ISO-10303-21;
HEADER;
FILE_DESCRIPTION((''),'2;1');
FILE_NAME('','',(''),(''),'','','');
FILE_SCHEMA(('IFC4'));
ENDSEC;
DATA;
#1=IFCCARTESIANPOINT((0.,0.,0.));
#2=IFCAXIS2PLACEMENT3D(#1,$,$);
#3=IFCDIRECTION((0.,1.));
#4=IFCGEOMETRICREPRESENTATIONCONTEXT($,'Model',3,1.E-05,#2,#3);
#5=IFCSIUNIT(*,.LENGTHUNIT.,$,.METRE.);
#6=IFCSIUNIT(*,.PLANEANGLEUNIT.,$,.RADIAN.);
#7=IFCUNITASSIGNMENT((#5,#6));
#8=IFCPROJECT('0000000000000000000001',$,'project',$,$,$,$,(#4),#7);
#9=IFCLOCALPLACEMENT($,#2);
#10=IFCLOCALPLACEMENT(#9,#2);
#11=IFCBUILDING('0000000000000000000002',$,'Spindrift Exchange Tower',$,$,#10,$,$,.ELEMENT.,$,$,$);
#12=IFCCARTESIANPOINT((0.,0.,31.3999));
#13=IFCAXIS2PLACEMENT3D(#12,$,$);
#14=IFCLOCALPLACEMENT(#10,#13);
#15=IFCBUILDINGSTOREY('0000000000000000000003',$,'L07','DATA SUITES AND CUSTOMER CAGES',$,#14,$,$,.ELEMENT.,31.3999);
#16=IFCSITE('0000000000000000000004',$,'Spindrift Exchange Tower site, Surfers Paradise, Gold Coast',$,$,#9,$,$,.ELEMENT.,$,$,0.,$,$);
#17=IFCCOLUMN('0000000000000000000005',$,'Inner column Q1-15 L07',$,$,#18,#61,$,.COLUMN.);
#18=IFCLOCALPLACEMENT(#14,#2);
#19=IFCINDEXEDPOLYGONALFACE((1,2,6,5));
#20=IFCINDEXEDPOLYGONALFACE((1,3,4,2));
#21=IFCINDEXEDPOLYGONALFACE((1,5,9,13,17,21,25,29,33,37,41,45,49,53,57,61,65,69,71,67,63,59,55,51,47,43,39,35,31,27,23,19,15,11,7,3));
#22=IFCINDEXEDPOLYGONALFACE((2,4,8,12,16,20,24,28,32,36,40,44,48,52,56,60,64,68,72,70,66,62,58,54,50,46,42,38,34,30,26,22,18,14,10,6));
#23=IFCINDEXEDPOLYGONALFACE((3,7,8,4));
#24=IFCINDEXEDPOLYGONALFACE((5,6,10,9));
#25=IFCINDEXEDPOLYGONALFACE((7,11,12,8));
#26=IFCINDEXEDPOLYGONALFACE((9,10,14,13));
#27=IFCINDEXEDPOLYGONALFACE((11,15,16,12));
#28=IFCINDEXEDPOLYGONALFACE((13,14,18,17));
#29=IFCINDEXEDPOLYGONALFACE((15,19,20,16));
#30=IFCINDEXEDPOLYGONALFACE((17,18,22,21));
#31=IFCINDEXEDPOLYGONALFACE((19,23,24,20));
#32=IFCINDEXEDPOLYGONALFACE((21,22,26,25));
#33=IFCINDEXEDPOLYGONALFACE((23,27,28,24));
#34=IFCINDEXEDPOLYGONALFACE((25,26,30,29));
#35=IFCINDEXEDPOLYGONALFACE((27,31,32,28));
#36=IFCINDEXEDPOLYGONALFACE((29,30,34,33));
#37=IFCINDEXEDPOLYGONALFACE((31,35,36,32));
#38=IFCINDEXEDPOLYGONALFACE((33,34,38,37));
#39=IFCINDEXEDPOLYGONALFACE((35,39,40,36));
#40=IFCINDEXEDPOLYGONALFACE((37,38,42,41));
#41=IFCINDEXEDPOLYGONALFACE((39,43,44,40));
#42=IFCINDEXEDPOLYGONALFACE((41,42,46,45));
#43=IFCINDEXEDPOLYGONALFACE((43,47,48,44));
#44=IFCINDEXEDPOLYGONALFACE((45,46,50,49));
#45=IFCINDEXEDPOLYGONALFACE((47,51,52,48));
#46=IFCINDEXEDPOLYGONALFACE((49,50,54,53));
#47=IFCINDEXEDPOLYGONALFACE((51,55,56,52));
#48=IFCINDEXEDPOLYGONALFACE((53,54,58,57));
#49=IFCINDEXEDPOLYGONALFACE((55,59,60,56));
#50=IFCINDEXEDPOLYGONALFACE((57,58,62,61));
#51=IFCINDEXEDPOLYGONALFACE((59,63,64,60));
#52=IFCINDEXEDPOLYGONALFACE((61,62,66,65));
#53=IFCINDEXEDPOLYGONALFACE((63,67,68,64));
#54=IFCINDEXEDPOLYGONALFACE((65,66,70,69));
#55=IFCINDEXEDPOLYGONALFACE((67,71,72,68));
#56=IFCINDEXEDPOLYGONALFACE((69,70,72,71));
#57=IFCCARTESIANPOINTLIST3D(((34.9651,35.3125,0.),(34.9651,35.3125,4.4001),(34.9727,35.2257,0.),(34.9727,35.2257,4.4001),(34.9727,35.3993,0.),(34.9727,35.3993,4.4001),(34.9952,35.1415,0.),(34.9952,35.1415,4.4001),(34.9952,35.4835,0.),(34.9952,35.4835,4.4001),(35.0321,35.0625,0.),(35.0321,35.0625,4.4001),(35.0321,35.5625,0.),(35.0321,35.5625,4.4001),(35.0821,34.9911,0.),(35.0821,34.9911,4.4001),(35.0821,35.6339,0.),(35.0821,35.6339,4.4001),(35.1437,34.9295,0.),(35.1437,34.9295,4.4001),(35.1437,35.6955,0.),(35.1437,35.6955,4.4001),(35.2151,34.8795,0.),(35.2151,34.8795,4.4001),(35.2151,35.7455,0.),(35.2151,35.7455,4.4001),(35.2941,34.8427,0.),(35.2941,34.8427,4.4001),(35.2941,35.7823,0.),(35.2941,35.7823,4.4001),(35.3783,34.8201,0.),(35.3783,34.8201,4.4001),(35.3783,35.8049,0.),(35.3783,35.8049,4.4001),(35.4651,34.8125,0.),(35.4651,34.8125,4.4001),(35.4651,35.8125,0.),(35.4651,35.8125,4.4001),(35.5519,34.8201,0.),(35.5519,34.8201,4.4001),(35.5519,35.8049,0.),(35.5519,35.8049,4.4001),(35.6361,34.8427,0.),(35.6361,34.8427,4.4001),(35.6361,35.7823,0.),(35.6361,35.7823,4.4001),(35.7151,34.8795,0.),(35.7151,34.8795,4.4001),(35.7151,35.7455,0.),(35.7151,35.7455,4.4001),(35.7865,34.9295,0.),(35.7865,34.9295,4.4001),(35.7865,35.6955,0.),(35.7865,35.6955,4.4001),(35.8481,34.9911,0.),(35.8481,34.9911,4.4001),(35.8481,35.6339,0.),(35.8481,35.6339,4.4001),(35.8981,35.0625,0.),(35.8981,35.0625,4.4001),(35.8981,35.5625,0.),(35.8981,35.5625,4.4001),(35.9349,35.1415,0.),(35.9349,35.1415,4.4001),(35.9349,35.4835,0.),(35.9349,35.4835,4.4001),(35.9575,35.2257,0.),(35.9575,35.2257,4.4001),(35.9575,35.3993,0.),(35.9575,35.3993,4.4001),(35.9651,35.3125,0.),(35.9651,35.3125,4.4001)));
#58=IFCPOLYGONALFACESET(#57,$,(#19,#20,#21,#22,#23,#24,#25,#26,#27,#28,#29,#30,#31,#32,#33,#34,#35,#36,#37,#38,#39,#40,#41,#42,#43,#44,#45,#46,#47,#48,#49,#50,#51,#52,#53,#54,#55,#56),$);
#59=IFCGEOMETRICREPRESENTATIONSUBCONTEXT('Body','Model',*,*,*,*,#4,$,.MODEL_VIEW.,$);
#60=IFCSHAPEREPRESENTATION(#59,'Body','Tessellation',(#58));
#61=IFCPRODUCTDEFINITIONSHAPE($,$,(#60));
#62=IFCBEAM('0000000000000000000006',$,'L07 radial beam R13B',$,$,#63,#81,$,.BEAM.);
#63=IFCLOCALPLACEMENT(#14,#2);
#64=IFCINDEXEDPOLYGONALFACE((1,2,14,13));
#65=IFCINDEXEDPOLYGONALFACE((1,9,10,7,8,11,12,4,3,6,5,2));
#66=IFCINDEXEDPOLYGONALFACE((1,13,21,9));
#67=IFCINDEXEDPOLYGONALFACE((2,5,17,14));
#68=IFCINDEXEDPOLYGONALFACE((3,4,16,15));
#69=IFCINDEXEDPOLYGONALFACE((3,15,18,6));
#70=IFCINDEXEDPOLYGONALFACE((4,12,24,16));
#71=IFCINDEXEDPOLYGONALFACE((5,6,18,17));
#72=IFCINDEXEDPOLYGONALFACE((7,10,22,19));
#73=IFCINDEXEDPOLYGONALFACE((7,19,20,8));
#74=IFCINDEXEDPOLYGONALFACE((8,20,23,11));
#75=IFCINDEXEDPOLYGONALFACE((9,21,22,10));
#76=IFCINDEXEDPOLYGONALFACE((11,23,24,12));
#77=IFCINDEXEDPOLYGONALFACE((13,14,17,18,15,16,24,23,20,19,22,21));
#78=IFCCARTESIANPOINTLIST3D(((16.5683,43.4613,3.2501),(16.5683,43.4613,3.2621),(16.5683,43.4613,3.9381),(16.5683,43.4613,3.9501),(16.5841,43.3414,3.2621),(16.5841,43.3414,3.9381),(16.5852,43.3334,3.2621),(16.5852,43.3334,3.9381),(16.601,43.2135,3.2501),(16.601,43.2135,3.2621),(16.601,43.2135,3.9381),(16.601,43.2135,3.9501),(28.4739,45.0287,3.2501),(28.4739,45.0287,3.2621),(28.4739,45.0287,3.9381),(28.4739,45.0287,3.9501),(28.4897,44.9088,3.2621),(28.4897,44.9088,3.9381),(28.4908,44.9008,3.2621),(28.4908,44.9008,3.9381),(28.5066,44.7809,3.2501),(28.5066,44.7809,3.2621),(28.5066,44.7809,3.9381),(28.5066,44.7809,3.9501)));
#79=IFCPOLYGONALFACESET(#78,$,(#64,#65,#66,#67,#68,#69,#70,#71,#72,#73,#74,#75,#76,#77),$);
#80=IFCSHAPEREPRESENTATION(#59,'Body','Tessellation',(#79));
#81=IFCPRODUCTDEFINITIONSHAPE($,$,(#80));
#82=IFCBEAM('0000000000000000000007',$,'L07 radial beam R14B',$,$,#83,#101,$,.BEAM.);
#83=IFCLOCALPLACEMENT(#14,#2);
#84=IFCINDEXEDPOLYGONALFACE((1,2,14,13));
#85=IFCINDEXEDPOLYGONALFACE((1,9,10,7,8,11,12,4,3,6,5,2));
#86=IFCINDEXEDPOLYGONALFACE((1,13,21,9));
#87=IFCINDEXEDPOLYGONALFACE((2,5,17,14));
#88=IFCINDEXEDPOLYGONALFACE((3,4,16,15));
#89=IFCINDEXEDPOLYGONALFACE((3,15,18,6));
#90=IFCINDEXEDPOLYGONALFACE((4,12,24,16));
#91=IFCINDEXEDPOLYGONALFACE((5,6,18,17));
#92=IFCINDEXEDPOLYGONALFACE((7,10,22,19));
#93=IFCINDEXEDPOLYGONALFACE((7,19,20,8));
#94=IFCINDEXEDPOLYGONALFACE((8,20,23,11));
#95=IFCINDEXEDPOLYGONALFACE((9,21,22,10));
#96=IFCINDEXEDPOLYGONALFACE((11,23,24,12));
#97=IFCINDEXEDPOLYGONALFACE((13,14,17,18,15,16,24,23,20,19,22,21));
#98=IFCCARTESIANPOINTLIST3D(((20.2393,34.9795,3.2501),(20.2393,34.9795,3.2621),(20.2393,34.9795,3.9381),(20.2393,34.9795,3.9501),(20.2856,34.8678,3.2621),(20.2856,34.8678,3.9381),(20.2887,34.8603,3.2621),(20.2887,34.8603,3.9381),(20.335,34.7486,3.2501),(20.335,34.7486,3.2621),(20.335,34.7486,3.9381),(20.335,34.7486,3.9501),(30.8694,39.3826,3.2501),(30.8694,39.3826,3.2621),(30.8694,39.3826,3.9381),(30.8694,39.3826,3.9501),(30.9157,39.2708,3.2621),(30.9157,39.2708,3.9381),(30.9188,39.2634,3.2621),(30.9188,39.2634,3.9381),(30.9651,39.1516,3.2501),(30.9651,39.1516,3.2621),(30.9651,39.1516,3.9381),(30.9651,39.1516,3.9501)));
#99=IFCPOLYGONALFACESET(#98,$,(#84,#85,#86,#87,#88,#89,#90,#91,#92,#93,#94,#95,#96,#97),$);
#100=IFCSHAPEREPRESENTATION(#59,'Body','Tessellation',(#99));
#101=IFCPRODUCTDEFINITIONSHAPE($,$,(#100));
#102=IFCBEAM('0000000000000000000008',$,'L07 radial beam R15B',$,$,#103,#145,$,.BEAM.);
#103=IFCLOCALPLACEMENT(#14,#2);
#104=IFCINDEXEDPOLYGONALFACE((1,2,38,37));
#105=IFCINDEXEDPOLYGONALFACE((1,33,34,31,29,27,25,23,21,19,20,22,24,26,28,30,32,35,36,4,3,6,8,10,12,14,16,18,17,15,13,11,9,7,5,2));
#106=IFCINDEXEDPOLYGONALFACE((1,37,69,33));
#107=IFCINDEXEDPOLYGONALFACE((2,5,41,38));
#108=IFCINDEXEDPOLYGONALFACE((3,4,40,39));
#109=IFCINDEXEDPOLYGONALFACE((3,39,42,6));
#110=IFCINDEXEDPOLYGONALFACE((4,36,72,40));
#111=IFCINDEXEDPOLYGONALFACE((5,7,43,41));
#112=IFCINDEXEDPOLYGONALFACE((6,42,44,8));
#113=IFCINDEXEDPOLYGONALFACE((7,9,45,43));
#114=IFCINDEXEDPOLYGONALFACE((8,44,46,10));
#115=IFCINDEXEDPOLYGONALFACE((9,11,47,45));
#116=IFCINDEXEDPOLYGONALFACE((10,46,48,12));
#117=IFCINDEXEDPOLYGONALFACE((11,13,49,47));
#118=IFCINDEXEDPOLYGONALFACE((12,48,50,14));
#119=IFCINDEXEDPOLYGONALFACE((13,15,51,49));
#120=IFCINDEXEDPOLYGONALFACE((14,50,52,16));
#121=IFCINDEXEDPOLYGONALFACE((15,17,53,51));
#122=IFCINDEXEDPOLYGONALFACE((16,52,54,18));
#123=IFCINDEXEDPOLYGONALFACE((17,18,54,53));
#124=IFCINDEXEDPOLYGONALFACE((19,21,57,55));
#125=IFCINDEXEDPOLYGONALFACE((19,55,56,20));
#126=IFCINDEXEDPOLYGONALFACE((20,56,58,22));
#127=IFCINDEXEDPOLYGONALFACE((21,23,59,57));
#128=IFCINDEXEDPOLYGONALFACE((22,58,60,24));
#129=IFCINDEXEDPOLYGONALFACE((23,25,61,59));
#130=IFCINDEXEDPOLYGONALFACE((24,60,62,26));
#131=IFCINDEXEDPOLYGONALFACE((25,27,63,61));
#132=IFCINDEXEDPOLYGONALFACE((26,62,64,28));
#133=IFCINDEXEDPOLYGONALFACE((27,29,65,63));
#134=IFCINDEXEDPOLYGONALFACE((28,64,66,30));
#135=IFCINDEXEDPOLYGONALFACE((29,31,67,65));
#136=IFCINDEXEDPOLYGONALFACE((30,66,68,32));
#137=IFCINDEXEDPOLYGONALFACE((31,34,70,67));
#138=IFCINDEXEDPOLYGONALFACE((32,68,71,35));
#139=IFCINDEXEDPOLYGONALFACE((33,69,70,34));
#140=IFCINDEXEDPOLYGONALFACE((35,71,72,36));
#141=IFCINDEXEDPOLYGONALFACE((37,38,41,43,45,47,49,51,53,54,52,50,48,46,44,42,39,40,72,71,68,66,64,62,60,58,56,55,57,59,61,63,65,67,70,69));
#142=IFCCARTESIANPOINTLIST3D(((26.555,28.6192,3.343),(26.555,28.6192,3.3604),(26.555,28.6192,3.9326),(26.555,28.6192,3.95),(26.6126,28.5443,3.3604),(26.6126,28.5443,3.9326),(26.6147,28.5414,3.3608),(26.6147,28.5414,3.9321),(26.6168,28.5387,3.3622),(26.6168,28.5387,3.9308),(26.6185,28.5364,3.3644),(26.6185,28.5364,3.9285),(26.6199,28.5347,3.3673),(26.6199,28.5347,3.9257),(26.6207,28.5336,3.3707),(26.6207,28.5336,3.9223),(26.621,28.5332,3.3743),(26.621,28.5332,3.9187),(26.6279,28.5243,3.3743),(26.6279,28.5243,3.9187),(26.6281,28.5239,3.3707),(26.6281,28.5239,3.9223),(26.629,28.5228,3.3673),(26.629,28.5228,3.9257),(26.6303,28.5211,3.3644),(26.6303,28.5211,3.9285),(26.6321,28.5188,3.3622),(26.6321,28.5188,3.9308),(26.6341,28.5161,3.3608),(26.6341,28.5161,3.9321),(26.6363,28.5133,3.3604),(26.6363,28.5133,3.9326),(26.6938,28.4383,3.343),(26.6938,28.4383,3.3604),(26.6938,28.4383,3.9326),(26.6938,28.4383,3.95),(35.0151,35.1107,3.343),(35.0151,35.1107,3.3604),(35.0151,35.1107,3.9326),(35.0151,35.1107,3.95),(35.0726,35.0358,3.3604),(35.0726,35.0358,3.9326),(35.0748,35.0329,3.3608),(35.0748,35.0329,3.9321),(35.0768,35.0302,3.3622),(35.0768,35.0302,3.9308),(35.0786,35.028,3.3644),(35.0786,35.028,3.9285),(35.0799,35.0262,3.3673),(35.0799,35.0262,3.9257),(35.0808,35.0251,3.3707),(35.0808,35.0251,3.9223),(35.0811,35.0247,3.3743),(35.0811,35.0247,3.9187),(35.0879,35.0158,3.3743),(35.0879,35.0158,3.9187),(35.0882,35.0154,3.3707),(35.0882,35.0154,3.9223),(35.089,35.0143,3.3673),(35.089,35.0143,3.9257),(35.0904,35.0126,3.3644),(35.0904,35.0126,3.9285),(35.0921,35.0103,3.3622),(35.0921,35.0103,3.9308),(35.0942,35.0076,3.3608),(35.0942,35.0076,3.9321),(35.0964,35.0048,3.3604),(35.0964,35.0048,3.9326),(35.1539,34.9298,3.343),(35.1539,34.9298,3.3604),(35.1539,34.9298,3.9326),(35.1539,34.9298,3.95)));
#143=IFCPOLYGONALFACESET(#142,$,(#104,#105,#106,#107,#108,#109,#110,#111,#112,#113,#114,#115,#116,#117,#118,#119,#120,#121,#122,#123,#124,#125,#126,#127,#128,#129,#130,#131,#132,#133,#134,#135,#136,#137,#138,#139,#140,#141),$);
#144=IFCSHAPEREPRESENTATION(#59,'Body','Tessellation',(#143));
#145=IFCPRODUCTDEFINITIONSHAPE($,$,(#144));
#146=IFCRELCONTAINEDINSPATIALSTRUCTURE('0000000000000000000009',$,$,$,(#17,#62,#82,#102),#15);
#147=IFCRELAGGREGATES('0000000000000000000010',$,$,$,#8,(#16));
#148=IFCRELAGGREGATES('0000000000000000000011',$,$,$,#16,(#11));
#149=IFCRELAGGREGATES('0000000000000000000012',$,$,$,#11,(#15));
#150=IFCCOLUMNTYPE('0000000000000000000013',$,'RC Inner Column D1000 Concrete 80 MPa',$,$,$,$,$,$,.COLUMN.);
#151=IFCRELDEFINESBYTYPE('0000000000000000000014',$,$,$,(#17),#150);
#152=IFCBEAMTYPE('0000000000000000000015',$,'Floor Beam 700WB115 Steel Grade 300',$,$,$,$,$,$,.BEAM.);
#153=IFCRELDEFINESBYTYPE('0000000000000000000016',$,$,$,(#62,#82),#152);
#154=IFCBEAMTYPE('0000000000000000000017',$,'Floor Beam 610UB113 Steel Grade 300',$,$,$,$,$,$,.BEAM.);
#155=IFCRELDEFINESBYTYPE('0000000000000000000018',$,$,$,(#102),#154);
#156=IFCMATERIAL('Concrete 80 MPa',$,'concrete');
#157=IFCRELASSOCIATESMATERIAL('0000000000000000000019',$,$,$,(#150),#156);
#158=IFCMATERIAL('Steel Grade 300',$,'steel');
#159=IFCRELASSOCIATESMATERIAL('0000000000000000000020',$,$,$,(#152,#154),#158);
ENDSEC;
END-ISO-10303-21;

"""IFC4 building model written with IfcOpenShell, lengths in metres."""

from ifc_helpers import new_model, si_unit, direction, frame, origin, origin_2d, place, context, subcontext, project, spatial, circle, i_section, extrude, source, transform, mapped, material, material_profile, profile_set, type_object, element, save


model = new_model("IFC4")

# Units and contexts
model_context = context("Model", 3, precision=1e-05, world=origin(), true_north=direction((0.0, 1.0)))
body_context = subcontext(model_context, "Body", "Model", "MODEL_VIEW")
ifc_project = project(units=[si_unit("LENGTHUNIT", "METRE"), si_unit("PLANEANGLEUNIT", "RADIAN")], contexts=[model_context])

# Site, building, storey
site_placement = place(None, origin())
site = spatial("IfcSite", under=ifc_project, at=site_placement, Name="Spindrift Exchange Tower site, Surfers Paradise, Gold Coast", CompositionType="ELEMENT", RefElevation=0.0)
building_placement = place(site_placement, origin())
building = spatial("IfcBuilding", under=site, at=building_placement, Name="Spindrift Exchange Tower", CompositionType="ELEMENT")
storey_placement = place(building_placement, frame((0.0, 0.0, 31.3999)))
storey = spatial("IfcBuildingStorey", under=building, at=storey_placement, Name="L07", Description="DATA SUITES AND CUSTOMER CAGES", CompositionType="ELEMENT", Elevation=31.3999)

# Column
ifc_material_1 = material(Name="Concrete 80 MPa", Category="concrete")
ifc_material_profile_1 = material_profile(ifc_material_1, circle(Radius=0.5, at=origin_2d()), Name="RC D1000")
ifc_profile_set_1 = profile_set([ifc_material_profile_1], Name="Concrete 80 MPa")
column_type_1 = type_object("IfcColumnType", Name="RC Inner Column D1000 Concrete 80 MPa", PredefinedType="COLUMN", material=ifc_profile_set_1)
shared_shape_1 = source(origin(), body_context, "Body", "SweptSolid", [
    extrude(circle(Radius=0.5, at=origin_2d()), origin(), (0.0, 0.0, 1.0), 4.4001),
])
for number, where, z_axis, x_axis, name in (
    (1, (35.4651, 35.3125, 0.0), (0.0, 0.0, 1.0), (1.0, 0.0, 0.0), "Inner column Q1-15 L07"),
):
    element("IfcColumn", number, at=place(storey_placement, frame(where, z_axis=z_axis, x_axis=x_axis)), inside=storey, type_object=column_type_1, Name=name, PredefinedType="COLUMN", context=body_context, shape_type="MappedRepresentation", body=[
        mapped(shared_shape_1, transform((0.0, 0.0, 0.0), scale=1.0)),
    ])

# Beams
ifc_material_2 = material(Name="Steel Grade 300", Category="steel")
ifc_material_profile_2 = material_profile(ifc_material_2, i_section(OverallWidth=0.25, OverallDepth=0.7, WebThickness=0.0081, FlangeThickness=0.012, at=origin_2d()), Name="700WB115")
ifc_profile_set_2 = profile_set([ifc_material_profile_2], Name="Steel Grade 300")
beam_type_1 = type_object("IfcBeamType", Name="Floor Beam 700WB115 Steel Grade 300", PredefinedType="BEAM", material=ifc_profile_set_2)
shared_shape_2 = source(origin(), body_context, "Body", "SweptSolid", [
    extrude(i_section(OverallWidth=0.25, OverallDepth=0.7, WebThickness=0.0081, FlangeThickness=0.012, at=origin_2d()), origin(), (0.0, 0.0, 1.0), 12.0083),
])
beam_1_placement = place(storey_placement, frame((28.4902, 44.9048, 3.6001), z_axis=(-0.991445, -0.130526, 0.0), x_axis=(0.130526, -0.991445, 0.0)))
element("IfcBeam", 2, at=beam_1_placement, inside=storey, type_object=beam_type_1, Name="L07 radial beam R13B", PredefinedType="BEAM", context=body_context, shape_type="MappedRepresentation", body=[
    mapped(shared_shape_2, transform((0.0, 0.0, 0.0), scale=1.0)),
])
shared_shape_3 = source(origin(), body_context, "Body", "SweptSolid", [
    extrude(i_section(OverallWidth=0.25, OverallDepth=0.7, WebThickness=0.0081, FlangeThickness=0.012, at=origin_2d()), origin(), (0.0, 0.0, 1.0), 11.5059),
])
beam_2_placement = place(storey_placement, frame((30.9172, 39.2671, 3.6001), z_axis=(-0.923882, -0.382678, 0.0), x_axis=(0.382678, -0.923882, 0.0)))
element("IfcBeam", 3, at=beam_2_placement, inside=storey, type_object=beam_type_1, Name="L07 radial beam R14B", PredefinedType="BEAM", context=body_context, shape_type="MappedRepresentation", body=[
    mapped(shared_shape_3, transform((0.0, 0.0, 0.0), scale=1.0)),
])
ifc_material_profile_3 = material_profile(ifc_material_2, i_section(OverallWidth=0.228, OverallDepth=0.6069, WebThickness=0.0112, FlangeThickness=0.0173, FilletRadius=0.0139, at=origin_2d()), Name="610UB113")
ifc_profile_set_3 = profile_set([ifc_material_profile_3], Name="Steel Grade 300")
beam_type_2 = type_object("IfcBeamType", Name="Floor Beam 610UB113 Steel Grade 300", PredefinedType="BEAM", material=ifc_profile_set_3)
shared_shape_4 = source(origin(), body_context, "Body", "SweptSolid", [
    extrude(i_section(OverallWidth=0.228, OverallDepth=0.6069, WebThickness=0.0112, FlangeThickness=0.0173, FilletRadius=0.0139, at=origin_2d()), origin(), (0.0, 0.0, 1.0), 10.6636),
])
beam_3_placement = place(storey_placement, frame((35.0845, 35.0203, 3.6465), z_axis=(-0.793358, -0.608755, 0.0), x_axis=(0.608755, -0.793358, 0.0)))
element("IfcBeam", 4, at=beam_3_placement, inside=storey, type_object=beam_type_2, Name="L07 radial beam R15B", PredefinedType="BEAM", context=body_context, shape_type="MappedRepresentation", body=[
    mapped(shared_shape_4, transform((0.0, 0.0, 0.0), scale=1.0)),
])

save(model, "model.ifc")
